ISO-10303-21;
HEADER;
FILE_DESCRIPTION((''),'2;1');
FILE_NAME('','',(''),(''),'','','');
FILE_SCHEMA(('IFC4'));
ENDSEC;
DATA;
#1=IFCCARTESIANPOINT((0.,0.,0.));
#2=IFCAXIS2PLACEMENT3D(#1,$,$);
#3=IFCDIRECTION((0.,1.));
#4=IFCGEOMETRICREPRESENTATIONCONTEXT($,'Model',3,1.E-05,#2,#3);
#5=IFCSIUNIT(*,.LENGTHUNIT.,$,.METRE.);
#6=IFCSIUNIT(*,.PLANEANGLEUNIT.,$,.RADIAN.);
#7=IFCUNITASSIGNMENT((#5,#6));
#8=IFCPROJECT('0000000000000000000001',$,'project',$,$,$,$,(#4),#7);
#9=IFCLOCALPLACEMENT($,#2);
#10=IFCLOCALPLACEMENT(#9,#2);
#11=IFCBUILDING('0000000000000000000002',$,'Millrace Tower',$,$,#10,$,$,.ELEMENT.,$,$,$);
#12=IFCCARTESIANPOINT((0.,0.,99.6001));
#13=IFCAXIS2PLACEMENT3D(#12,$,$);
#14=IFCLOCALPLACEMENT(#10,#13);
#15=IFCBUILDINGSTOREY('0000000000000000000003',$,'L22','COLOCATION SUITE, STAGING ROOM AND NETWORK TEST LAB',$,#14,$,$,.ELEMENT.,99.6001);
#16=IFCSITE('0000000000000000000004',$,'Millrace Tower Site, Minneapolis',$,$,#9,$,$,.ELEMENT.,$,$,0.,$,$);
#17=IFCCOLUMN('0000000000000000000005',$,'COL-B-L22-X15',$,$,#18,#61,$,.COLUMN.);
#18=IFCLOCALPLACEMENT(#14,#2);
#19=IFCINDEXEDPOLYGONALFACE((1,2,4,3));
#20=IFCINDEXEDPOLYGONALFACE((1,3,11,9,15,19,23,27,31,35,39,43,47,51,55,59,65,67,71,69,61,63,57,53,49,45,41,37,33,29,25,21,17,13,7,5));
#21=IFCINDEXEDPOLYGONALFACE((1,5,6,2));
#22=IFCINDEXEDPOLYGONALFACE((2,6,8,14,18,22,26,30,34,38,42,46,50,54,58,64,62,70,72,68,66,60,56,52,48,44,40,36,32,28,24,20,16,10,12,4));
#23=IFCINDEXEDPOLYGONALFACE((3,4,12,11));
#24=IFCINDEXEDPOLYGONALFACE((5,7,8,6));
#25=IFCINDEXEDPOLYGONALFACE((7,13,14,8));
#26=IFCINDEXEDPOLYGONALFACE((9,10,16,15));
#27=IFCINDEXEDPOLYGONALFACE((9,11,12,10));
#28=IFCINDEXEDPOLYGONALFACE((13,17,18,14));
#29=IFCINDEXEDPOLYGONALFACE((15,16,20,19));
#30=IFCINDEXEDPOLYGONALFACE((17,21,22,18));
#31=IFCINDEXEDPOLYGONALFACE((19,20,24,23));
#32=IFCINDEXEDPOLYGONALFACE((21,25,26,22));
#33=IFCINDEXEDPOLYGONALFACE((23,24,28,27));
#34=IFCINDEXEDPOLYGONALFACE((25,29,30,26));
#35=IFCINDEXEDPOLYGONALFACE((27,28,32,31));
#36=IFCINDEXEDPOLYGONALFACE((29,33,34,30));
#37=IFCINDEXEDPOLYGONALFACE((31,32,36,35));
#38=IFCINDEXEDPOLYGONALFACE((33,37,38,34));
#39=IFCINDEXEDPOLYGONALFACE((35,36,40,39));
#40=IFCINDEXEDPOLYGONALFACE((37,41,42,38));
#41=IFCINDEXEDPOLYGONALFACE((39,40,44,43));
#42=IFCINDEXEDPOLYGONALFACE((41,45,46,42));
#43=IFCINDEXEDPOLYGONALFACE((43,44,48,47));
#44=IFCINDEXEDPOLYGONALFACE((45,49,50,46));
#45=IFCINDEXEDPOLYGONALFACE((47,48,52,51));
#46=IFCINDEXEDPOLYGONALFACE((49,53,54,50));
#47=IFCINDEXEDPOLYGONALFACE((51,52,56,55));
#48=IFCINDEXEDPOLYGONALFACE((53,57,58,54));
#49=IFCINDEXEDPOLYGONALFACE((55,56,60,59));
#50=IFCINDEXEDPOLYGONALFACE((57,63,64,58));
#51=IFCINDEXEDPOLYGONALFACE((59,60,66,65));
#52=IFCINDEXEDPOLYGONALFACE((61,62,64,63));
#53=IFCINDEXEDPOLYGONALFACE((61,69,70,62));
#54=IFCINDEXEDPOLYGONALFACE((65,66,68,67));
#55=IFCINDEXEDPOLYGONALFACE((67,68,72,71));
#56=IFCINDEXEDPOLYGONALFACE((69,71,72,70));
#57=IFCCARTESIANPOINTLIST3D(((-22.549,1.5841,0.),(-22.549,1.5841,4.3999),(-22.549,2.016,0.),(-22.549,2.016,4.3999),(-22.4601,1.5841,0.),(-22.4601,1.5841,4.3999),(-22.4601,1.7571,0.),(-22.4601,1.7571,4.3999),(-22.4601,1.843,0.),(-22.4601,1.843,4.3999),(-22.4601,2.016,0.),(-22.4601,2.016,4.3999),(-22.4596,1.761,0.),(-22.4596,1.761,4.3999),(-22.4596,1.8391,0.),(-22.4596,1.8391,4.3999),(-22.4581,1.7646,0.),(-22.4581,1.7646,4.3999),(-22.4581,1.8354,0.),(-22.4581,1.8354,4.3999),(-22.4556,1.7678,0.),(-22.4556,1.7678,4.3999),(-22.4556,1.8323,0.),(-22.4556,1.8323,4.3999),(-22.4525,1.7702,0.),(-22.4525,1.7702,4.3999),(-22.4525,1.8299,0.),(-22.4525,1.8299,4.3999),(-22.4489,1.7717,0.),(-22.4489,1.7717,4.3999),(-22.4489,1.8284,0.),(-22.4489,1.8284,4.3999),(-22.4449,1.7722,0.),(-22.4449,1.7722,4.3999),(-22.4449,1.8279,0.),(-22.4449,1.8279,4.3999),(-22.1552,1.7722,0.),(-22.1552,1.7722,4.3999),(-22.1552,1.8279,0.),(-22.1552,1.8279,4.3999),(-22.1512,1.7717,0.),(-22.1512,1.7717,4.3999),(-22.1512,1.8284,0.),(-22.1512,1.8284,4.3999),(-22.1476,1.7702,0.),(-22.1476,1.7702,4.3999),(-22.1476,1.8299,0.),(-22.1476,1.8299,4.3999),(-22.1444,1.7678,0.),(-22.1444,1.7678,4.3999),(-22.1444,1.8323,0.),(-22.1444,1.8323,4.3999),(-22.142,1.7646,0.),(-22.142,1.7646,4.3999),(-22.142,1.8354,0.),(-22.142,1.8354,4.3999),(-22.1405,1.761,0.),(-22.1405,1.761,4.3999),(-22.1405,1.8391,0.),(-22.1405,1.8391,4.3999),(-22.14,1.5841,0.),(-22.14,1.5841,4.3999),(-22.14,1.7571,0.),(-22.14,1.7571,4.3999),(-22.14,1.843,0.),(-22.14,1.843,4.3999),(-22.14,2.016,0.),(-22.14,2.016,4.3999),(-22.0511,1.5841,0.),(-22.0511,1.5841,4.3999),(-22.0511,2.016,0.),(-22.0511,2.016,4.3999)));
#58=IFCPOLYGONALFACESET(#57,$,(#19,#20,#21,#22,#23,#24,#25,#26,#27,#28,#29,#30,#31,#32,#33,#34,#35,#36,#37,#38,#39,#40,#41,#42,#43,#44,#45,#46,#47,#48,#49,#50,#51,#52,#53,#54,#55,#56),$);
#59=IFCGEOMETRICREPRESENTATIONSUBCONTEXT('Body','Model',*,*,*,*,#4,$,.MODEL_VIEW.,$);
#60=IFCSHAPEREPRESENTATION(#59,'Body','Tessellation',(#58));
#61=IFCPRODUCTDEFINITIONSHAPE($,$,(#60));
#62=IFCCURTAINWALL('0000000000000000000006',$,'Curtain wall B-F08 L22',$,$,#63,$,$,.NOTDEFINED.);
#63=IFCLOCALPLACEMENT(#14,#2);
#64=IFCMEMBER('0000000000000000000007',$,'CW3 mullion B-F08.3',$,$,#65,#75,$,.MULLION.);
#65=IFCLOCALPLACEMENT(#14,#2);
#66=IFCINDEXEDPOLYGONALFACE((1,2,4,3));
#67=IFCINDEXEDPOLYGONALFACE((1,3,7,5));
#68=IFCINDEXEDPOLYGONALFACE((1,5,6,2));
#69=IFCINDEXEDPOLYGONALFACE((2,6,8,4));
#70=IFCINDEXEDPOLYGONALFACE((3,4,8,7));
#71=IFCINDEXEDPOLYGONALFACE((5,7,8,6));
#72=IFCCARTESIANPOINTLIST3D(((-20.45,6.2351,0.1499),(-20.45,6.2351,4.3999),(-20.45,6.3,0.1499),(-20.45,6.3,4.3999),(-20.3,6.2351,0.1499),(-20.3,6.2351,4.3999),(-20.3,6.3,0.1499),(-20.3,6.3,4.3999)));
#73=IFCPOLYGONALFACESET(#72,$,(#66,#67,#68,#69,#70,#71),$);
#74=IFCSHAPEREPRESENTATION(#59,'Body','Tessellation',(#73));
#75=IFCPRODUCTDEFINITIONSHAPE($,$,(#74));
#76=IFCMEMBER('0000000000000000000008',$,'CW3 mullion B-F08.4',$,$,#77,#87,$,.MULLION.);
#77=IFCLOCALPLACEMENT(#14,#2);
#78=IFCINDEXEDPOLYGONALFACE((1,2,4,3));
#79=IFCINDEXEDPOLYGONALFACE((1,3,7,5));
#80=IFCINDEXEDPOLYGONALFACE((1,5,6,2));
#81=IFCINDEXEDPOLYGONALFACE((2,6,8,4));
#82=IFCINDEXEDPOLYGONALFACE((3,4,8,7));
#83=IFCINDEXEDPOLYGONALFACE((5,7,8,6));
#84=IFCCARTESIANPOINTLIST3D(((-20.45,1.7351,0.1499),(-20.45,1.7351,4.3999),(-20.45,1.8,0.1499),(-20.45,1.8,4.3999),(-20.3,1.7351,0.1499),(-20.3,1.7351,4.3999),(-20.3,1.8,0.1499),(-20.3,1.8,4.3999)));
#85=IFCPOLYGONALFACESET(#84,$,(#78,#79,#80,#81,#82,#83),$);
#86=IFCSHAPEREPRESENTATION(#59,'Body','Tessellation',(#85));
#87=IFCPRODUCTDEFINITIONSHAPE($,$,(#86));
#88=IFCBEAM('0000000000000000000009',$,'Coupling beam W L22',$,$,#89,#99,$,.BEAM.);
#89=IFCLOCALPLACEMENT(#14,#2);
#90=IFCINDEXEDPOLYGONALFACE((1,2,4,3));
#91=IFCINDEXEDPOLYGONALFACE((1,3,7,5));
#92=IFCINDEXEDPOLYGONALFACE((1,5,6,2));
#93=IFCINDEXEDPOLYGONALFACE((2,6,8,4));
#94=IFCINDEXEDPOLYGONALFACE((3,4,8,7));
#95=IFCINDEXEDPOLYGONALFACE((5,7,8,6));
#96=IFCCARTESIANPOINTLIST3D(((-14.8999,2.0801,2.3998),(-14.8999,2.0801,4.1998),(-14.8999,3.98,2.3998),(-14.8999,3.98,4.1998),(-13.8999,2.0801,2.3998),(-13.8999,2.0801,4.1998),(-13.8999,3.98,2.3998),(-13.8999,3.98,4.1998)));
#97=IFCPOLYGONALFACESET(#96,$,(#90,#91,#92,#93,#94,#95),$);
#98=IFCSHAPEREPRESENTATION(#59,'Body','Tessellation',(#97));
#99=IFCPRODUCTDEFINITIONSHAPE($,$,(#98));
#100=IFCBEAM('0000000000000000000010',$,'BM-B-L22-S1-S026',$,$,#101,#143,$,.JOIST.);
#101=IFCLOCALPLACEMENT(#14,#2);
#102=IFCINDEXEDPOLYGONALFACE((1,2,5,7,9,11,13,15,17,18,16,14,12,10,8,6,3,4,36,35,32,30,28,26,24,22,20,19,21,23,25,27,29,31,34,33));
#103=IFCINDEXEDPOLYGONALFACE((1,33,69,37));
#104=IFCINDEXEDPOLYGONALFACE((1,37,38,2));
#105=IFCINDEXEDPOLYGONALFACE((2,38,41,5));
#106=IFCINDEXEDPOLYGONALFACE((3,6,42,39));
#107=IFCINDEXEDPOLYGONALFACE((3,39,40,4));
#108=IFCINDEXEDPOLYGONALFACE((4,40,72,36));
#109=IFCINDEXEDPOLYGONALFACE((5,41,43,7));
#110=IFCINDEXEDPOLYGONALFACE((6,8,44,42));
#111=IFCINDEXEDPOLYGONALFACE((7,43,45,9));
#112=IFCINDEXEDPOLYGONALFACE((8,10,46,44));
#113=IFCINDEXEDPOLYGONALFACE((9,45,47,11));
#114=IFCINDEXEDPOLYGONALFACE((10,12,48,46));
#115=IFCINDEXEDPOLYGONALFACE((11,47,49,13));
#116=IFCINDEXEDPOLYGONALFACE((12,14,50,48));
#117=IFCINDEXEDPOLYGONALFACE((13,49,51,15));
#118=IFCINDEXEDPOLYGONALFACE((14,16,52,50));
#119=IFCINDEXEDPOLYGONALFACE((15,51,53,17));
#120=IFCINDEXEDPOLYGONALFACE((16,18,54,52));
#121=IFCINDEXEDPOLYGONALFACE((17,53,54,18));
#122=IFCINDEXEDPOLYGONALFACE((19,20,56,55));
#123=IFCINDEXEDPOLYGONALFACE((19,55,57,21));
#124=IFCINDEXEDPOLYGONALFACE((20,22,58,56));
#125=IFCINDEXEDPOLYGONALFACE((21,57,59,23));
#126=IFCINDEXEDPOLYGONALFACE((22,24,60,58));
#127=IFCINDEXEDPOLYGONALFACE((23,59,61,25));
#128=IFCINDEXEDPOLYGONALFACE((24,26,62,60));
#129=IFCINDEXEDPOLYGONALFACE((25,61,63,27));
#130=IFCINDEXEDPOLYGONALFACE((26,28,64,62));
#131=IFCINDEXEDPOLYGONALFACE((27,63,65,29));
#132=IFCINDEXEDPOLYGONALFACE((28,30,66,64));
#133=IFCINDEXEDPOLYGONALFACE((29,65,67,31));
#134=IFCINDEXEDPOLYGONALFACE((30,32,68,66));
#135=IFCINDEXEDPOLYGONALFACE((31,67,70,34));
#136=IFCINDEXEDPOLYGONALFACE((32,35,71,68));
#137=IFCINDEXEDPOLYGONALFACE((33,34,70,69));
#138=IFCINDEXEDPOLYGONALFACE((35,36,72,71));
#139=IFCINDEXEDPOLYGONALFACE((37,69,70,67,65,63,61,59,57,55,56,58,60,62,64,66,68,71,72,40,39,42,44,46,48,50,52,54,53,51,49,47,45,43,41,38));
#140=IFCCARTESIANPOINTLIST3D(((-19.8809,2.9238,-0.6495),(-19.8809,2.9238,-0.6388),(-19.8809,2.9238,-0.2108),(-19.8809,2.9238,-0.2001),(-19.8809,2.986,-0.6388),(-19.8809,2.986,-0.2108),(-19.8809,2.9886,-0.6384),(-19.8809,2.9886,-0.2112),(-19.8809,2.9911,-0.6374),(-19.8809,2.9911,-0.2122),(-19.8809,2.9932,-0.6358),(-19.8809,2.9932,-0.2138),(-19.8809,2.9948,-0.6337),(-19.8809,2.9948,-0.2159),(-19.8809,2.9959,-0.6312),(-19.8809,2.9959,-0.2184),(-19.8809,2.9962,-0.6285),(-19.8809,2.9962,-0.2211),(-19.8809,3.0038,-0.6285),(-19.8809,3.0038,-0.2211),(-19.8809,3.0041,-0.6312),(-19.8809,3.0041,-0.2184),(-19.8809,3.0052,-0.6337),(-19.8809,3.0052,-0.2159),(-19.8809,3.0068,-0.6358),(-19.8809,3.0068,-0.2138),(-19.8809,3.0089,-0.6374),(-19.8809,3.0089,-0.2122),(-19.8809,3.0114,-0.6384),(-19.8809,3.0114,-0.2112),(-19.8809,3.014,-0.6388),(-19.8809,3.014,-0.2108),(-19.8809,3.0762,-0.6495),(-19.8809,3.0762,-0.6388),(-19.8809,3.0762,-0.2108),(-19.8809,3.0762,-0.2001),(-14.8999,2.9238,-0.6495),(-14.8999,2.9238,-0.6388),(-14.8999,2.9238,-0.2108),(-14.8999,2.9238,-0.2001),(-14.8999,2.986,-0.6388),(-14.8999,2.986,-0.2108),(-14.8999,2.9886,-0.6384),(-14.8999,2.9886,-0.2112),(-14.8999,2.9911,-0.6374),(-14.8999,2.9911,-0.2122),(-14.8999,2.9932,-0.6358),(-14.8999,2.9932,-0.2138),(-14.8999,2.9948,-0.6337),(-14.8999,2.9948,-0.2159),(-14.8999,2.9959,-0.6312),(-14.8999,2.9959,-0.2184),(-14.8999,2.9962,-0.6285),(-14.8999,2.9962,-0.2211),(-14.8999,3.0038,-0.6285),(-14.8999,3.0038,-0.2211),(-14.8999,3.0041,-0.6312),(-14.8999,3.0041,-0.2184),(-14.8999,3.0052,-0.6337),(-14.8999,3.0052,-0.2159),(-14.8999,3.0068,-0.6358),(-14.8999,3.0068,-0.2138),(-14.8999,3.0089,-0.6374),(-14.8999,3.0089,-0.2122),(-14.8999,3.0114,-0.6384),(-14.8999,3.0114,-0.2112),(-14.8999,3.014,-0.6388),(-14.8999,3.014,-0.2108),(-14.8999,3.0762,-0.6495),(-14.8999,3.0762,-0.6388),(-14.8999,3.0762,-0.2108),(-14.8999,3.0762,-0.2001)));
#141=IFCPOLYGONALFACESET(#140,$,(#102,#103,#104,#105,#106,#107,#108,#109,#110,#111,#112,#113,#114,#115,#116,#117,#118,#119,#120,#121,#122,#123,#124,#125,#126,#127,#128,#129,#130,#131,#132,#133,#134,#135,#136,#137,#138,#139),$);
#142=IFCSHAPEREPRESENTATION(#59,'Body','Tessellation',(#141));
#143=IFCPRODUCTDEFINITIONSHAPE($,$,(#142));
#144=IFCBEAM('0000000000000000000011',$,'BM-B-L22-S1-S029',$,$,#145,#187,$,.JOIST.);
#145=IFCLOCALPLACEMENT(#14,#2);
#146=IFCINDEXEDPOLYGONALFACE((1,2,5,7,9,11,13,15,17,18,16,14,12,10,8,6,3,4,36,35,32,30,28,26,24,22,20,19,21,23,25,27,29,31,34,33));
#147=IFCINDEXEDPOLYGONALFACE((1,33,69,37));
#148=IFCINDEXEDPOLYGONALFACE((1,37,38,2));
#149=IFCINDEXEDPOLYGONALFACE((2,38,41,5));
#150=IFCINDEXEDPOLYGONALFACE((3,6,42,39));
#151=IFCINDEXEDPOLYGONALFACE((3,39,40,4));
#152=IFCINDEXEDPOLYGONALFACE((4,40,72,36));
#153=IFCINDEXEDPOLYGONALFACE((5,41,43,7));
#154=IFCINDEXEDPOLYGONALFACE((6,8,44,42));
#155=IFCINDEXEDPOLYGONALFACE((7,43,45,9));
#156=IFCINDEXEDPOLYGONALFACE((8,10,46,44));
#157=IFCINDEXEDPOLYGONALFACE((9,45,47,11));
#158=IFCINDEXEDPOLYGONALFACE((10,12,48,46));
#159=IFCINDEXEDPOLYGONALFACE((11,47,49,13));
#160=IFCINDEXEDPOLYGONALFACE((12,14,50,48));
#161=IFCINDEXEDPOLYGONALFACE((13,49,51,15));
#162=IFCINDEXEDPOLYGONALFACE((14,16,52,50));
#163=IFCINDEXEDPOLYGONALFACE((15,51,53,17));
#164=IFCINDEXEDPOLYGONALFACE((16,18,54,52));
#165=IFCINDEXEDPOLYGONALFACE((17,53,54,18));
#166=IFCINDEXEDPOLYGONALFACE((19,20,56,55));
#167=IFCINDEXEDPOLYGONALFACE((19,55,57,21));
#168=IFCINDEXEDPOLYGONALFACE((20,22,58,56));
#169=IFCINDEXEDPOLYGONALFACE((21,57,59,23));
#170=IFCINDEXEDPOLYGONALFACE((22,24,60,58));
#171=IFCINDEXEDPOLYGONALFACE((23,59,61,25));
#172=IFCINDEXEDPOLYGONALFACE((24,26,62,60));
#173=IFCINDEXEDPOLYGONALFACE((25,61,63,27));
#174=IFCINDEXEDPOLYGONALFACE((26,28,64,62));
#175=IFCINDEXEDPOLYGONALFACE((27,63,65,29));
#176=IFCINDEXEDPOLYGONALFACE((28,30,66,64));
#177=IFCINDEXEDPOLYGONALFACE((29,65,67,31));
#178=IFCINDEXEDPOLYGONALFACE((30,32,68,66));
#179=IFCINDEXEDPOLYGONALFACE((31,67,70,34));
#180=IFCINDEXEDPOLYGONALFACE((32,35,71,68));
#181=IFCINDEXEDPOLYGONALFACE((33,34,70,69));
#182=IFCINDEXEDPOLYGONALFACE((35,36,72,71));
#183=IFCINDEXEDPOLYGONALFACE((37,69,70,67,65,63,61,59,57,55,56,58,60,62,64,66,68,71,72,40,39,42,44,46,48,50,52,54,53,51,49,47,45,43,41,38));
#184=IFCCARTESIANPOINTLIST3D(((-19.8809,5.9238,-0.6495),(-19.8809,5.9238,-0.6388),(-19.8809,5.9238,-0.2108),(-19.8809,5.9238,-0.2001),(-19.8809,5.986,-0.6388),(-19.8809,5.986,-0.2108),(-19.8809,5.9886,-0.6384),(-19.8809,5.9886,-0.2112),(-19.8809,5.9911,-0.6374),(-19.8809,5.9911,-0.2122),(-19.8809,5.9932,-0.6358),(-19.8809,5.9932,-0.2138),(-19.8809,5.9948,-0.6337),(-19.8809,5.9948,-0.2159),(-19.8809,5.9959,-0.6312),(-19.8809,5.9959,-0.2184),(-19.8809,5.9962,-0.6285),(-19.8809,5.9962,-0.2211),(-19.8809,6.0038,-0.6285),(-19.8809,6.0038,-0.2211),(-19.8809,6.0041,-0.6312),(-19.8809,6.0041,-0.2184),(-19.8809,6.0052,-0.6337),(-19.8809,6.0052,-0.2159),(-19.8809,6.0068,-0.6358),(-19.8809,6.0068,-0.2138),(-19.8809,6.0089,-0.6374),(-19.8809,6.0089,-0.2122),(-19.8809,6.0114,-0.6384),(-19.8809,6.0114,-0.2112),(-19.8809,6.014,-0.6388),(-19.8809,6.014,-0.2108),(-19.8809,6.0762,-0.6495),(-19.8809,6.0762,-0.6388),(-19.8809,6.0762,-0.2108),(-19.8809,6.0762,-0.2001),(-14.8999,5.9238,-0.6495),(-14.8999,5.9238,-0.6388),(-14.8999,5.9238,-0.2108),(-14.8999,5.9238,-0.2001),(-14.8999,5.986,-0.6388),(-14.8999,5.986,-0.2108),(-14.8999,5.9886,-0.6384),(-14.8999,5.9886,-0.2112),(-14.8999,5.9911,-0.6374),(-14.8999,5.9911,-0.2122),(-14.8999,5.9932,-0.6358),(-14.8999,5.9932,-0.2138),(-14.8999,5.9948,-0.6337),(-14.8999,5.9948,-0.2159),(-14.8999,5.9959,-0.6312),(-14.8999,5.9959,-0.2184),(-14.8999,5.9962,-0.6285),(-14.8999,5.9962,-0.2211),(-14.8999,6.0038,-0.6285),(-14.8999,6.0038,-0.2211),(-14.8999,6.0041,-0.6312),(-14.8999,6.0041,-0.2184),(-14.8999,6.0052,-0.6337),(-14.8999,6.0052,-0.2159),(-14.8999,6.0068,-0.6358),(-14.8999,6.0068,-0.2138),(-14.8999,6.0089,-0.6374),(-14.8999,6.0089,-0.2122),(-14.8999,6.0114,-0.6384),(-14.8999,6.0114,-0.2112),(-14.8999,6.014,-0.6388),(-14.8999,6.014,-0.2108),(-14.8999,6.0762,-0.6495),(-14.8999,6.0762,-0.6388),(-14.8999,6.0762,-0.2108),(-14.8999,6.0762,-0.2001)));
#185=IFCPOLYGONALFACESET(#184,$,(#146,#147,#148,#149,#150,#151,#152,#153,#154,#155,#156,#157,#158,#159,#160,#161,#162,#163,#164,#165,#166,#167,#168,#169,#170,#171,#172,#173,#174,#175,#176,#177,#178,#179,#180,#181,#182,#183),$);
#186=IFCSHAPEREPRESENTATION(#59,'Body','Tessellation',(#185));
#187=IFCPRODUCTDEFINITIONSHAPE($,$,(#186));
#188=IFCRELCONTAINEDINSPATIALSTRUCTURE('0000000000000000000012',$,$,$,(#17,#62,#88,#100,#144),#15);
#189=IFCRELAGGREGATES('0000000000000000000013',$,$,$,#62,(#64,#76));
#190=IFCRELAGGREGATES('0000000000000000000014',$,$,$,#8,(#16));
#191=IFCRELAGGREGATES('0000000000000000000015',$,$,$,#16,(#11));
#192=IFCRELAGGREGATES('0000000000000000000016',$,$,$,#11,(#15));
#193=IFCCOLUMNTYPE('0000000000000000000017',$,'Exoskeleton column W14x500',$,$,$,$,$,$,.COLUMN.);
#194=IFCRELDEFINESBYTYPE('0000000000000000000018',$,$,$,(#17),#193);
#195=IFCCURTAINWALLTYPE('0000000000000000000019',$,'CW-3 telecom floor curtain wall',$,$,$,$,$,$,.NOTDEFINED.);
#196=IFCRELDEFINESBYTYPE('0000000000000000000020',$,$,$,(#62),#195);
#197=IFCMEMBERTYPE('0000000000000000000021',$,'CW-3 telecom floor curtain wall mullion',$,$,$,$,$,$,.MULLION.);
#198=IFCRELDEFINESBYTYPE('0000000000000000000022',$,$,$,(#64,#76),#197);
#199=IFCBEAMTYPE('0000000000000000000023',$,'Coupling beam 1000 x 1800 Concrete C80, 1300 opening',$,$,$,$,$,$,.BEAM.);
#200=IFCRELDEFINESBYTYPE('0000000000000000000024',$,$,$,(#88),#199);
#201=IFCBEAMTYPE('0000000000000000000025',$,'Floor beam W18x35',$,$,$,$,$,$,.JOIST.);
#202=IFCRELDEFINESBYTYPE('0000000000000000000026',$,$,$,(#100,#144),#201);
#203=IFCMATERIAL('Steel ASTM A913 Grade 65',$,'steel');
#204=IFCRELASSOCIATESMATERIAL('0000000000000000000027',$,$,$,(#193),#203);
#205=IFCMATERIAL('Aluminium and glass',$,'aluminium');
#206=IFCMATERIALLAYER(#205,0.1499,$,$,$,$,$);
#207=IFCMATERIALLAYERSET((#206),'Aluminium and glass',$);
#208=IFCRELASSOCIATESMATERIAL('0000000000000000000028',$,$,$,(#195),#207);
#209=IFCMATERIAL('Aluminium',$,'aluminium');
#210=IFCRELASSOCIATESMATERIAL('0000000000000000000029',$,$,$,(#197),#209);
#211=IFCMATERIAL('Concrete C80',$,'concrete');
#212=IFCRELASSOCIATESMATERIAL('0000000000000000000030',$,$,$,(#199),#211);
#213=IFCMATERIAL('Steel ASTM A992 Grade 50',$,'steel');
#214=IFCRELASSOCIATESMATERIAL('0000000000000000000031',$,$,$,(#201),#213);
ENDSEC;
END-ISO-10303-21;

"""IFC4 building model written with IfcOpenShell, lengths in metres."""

from ifc_helpers import new_model, si_unit, direction, frame, origin, origin_2d, place, context, subcontext, project, spatial, rectangle, i_section, extrude, material, layer, layer_set, material_profile, profile_set, type_object, element, aggregate, save


model = new_model("IFC4")

# Units and contexts
model_context = context("Model", 3, precision=1e-05, world=origin(), true_north=direction((0.0, 1.0)))
body_context = subcontext(model_context, "Body", "Model", "MODEL_VIEW")
ifc_project = project(units=[si_unit("LENGTHUNIT", "METRE"), si_unit("PLANEANGLEUNIT", "RADIAN")], contexts=[model_context])

# Site, building, storey
site_placement = place(None, origin())
site = spatial("IfcSite", under=ifc_project, at=site_placement, Name="Millrace Tower Site, Minneapolis", CompositionType="ELEMENT", RefElevation=0.0)
building_placement = place(site_placement, origin())
building = spatial("IfcBuilding", under=site, at=building_placement, Name="Millrace Tower", CompositionType="ELEMENT")
storey_placement = place(building_placement, frame((0.0, 0.0, 99.6001)))
storey = spatial("IfcBuildingStorey", under=building, at=storey_placement, Name="L22", Description="COLOCATION SUITE, STAGING ROOM AND NETWORK TEST LAB", CompositionType="ELEMENT", Elevation=99.6001)

# Column
ifc_material_1 = material(Name="Steel ASTM A913 Grade 65", Category="steel")
ifc_material_profile_1 = material_profile(ifc_material_1, i_section(OverallWidth=0.4319, OverallDepth=0.4978, WebThickness=0.0557, FlangeThickness=0.0889, FilletRadius=0.0151, at=origin_2d()))
ifc_profile_set_1 = profile_set([ifc_material_profile_1], Name="Steel ASTM A913 Grade 65")
column_type = type_object("IfcColumnType", Name="Exoskeleton column W14x500", PredefinedType="COLUMN", material=ifc_profile_set_1)
column_placement = place(storey_placement, frame((-22.3, 1.8, 0.0), z_axis=(0.0, 0.0, 1.0), x_axis=(0.0, -1.0, 0.0)))
element("IfcColumn", 1, at=column_placement, inside=storey, type_object=column_type, Name="COL-B-L22-X15", PredefinedType="COLUMN", context=body_context, shape_type="SweptSolid", body=[
    extrude(i_section(OverallWidth=0.4319, OverallDepth=0.4978, WebThickness=0.0557, FlangeThickness=0.0889, FilletRadius=0.0151, at=origin_2d()), origin(), (0.0, 0.0, 1.0), 4.3999),
])

# Curtain wall, members
ifc_material_2 = material(Name="Aluminium and glass", Category="aluminium")
ifc_layer_1 = layer(ifc_material_2, 0.1499)
ifc_layer_set_1 = layer_set([ifc_layer_1], Name="Aluminium and glass")
curtain_wall_type = type_object("IfcCurtainWallType", Name="CW-3 telecom floor curtain wall", PredefinedType="NOTDEFINED", material=ifc_layer_set_1)
placement = place(storey_placement, origin())
curtain_wall = element("IfcCurtainWall", 2, at=placement, inside=storey, type_object=curtain_wall_type, Name="Curtain wall B-F08 L22", PredefinedType="NOTDEFINED")
ifc_material_3 = material(Name="Aluminium", Category="aluminium")
ifc_material_profile_2 = material_profile(ifc_material_3, rectangle(XDim=0.0649, YDim=0.1499, at=origin_2d()))
ifc_profile_set_2 = profile_set([ifc_material_profile_2], Name="Aluminium")
member_type = type_object("IfcMemberType", Name="CW-3 telecom floor curtain wall mullion", PredefinedType="MULLION", material=ifc_profile_set_2)
member_1_placement = place(storey_placement, frame((-20.375, 6.2676, 0.1499), z_axis=(0.0, 0.0, 1.0), x_axis=(0.0, -1.0, 0.0)))
member_1 = element("IfcMember", 3, at=member_1_placement, type_object=member_type, Name="CW3 mullion B-F08.3", PredefinedType="MULLION", context=body_context, shape_type="SweptSolid", body=[
    extrude(rectangle(XDim=0.0649, YDim=0.1499, at=origin_2d()), origin(), (0.0, 0.0, 1.0), 4.25),
])
member_2_placement = place(storey_placement, frame((-20.375, 1.7676, 0.1499), z_axis=(0.0, 0.0, 1.0), x_axis=(0.0, -1.0, 0.0)))
member_2 = element("IfcMember", 4, at=member_2_placement, type_object=member_type, Name="CW3 mullion B-F08.4", PredefinedType="MULLION", context=body_context, shape_type="SweptSolid", body=[
    extrude(rectangle(XDim=0.0649, YDim=0.1499, at=origin_2d()), origin(), (0.0, 0.0, 1.0), 4.25),
])
aggregate(curtain_wall, [member_1, member_2])

# Beams
ifc_material_4 = material(Name="Concrete C80", Category="concrete")
ifc_material_profile_3 = material_profile(ifc_material_4, rectangle(XDim=1.0, YDim=1.8, at=origin_2d()))
ifc_profile_set_3 = profile_set([ifc_material_profile_3], Name="Concrete C80")
beam_type_1 = type_object("IfcBeamType", Name="Coupling beam 1000 x 1800 Concrete C80, 1300 opening", PredefinedType="BEAM", material=ifc_profile_set_3)
beam_1_placement = place(storey_placement, frame((-14.3999, 2.0801, 3.2998), z_axis=(0.0, 1.0, 0.0), x_axis=(-1.0, 0.0, 0.0)))
element("IfcBeam", 5, at=beam_1_placement, inside=storey, type_object=beam_type_1, Name="Coupling beam W L22", PredefinedType="BEAM", context=body_context, shape_type="SweptSolid", body=[
    extrude(rectangle(XDim=1.0, YDim=1.8, at=origin_2d()), origin(), (0.0, 0.0, 1.0), 1.8999),
])
ifc_material_5 = material(Name="Steel ASTM A992 Grade 50", Category="steel")
ifc_material_profile_4 = material_profile(ifc_material_5, i_section(OverallWidth=0.1523, OverallDepth=0.4495, WebThickness=0.0076, FlangeThickness=0.0107, FilletRadius=0.0103, at=origin_2d()))
ifc_profile_set_4 = profile_set([ifc_material_profile_4], Name="Steel ASTM A992 Grade 50")
beam_type_2 = type_object("IfcBeamType", Name="Floor beam W18x35", PredefinedType="JOIST", material=ifc_profile_set_4)
for number, where, z_axis, x_axis, name in (
    (6, (-19.8809, 3.0, -0.4248), (1.0, 0.0, 0.0), (0.0, 1.0, 0.0), "BM-B-L22-S1-S026"),
    (7, (-19.8809, 6.0, -0.4248), (1.0, 0.0, 0.0), (0.0, 1.0, 0.0), "BM-B-L22-S1-S029"),
):
    element("IfcBeam", number, at=place(storey_placement, frame(where, z_axis=z_axis, x_axis=x_axis)), inside=storey, type_object=beam_type_2, Name=name, PredefinedType="JOIST", context=body_context, shape_type="SweptSolid", body=[
        extrude(i_section(OverallWidth=0.1523, OverallDepth=0.4495, WebThickness=0.0076, FlangeThickness=0.0107, FilletRadius=0.0103, at=origin_2d()), origin(), (0.0, 0.0, 1.0), 4.981),
    ])

save(model, "model.ifc")
